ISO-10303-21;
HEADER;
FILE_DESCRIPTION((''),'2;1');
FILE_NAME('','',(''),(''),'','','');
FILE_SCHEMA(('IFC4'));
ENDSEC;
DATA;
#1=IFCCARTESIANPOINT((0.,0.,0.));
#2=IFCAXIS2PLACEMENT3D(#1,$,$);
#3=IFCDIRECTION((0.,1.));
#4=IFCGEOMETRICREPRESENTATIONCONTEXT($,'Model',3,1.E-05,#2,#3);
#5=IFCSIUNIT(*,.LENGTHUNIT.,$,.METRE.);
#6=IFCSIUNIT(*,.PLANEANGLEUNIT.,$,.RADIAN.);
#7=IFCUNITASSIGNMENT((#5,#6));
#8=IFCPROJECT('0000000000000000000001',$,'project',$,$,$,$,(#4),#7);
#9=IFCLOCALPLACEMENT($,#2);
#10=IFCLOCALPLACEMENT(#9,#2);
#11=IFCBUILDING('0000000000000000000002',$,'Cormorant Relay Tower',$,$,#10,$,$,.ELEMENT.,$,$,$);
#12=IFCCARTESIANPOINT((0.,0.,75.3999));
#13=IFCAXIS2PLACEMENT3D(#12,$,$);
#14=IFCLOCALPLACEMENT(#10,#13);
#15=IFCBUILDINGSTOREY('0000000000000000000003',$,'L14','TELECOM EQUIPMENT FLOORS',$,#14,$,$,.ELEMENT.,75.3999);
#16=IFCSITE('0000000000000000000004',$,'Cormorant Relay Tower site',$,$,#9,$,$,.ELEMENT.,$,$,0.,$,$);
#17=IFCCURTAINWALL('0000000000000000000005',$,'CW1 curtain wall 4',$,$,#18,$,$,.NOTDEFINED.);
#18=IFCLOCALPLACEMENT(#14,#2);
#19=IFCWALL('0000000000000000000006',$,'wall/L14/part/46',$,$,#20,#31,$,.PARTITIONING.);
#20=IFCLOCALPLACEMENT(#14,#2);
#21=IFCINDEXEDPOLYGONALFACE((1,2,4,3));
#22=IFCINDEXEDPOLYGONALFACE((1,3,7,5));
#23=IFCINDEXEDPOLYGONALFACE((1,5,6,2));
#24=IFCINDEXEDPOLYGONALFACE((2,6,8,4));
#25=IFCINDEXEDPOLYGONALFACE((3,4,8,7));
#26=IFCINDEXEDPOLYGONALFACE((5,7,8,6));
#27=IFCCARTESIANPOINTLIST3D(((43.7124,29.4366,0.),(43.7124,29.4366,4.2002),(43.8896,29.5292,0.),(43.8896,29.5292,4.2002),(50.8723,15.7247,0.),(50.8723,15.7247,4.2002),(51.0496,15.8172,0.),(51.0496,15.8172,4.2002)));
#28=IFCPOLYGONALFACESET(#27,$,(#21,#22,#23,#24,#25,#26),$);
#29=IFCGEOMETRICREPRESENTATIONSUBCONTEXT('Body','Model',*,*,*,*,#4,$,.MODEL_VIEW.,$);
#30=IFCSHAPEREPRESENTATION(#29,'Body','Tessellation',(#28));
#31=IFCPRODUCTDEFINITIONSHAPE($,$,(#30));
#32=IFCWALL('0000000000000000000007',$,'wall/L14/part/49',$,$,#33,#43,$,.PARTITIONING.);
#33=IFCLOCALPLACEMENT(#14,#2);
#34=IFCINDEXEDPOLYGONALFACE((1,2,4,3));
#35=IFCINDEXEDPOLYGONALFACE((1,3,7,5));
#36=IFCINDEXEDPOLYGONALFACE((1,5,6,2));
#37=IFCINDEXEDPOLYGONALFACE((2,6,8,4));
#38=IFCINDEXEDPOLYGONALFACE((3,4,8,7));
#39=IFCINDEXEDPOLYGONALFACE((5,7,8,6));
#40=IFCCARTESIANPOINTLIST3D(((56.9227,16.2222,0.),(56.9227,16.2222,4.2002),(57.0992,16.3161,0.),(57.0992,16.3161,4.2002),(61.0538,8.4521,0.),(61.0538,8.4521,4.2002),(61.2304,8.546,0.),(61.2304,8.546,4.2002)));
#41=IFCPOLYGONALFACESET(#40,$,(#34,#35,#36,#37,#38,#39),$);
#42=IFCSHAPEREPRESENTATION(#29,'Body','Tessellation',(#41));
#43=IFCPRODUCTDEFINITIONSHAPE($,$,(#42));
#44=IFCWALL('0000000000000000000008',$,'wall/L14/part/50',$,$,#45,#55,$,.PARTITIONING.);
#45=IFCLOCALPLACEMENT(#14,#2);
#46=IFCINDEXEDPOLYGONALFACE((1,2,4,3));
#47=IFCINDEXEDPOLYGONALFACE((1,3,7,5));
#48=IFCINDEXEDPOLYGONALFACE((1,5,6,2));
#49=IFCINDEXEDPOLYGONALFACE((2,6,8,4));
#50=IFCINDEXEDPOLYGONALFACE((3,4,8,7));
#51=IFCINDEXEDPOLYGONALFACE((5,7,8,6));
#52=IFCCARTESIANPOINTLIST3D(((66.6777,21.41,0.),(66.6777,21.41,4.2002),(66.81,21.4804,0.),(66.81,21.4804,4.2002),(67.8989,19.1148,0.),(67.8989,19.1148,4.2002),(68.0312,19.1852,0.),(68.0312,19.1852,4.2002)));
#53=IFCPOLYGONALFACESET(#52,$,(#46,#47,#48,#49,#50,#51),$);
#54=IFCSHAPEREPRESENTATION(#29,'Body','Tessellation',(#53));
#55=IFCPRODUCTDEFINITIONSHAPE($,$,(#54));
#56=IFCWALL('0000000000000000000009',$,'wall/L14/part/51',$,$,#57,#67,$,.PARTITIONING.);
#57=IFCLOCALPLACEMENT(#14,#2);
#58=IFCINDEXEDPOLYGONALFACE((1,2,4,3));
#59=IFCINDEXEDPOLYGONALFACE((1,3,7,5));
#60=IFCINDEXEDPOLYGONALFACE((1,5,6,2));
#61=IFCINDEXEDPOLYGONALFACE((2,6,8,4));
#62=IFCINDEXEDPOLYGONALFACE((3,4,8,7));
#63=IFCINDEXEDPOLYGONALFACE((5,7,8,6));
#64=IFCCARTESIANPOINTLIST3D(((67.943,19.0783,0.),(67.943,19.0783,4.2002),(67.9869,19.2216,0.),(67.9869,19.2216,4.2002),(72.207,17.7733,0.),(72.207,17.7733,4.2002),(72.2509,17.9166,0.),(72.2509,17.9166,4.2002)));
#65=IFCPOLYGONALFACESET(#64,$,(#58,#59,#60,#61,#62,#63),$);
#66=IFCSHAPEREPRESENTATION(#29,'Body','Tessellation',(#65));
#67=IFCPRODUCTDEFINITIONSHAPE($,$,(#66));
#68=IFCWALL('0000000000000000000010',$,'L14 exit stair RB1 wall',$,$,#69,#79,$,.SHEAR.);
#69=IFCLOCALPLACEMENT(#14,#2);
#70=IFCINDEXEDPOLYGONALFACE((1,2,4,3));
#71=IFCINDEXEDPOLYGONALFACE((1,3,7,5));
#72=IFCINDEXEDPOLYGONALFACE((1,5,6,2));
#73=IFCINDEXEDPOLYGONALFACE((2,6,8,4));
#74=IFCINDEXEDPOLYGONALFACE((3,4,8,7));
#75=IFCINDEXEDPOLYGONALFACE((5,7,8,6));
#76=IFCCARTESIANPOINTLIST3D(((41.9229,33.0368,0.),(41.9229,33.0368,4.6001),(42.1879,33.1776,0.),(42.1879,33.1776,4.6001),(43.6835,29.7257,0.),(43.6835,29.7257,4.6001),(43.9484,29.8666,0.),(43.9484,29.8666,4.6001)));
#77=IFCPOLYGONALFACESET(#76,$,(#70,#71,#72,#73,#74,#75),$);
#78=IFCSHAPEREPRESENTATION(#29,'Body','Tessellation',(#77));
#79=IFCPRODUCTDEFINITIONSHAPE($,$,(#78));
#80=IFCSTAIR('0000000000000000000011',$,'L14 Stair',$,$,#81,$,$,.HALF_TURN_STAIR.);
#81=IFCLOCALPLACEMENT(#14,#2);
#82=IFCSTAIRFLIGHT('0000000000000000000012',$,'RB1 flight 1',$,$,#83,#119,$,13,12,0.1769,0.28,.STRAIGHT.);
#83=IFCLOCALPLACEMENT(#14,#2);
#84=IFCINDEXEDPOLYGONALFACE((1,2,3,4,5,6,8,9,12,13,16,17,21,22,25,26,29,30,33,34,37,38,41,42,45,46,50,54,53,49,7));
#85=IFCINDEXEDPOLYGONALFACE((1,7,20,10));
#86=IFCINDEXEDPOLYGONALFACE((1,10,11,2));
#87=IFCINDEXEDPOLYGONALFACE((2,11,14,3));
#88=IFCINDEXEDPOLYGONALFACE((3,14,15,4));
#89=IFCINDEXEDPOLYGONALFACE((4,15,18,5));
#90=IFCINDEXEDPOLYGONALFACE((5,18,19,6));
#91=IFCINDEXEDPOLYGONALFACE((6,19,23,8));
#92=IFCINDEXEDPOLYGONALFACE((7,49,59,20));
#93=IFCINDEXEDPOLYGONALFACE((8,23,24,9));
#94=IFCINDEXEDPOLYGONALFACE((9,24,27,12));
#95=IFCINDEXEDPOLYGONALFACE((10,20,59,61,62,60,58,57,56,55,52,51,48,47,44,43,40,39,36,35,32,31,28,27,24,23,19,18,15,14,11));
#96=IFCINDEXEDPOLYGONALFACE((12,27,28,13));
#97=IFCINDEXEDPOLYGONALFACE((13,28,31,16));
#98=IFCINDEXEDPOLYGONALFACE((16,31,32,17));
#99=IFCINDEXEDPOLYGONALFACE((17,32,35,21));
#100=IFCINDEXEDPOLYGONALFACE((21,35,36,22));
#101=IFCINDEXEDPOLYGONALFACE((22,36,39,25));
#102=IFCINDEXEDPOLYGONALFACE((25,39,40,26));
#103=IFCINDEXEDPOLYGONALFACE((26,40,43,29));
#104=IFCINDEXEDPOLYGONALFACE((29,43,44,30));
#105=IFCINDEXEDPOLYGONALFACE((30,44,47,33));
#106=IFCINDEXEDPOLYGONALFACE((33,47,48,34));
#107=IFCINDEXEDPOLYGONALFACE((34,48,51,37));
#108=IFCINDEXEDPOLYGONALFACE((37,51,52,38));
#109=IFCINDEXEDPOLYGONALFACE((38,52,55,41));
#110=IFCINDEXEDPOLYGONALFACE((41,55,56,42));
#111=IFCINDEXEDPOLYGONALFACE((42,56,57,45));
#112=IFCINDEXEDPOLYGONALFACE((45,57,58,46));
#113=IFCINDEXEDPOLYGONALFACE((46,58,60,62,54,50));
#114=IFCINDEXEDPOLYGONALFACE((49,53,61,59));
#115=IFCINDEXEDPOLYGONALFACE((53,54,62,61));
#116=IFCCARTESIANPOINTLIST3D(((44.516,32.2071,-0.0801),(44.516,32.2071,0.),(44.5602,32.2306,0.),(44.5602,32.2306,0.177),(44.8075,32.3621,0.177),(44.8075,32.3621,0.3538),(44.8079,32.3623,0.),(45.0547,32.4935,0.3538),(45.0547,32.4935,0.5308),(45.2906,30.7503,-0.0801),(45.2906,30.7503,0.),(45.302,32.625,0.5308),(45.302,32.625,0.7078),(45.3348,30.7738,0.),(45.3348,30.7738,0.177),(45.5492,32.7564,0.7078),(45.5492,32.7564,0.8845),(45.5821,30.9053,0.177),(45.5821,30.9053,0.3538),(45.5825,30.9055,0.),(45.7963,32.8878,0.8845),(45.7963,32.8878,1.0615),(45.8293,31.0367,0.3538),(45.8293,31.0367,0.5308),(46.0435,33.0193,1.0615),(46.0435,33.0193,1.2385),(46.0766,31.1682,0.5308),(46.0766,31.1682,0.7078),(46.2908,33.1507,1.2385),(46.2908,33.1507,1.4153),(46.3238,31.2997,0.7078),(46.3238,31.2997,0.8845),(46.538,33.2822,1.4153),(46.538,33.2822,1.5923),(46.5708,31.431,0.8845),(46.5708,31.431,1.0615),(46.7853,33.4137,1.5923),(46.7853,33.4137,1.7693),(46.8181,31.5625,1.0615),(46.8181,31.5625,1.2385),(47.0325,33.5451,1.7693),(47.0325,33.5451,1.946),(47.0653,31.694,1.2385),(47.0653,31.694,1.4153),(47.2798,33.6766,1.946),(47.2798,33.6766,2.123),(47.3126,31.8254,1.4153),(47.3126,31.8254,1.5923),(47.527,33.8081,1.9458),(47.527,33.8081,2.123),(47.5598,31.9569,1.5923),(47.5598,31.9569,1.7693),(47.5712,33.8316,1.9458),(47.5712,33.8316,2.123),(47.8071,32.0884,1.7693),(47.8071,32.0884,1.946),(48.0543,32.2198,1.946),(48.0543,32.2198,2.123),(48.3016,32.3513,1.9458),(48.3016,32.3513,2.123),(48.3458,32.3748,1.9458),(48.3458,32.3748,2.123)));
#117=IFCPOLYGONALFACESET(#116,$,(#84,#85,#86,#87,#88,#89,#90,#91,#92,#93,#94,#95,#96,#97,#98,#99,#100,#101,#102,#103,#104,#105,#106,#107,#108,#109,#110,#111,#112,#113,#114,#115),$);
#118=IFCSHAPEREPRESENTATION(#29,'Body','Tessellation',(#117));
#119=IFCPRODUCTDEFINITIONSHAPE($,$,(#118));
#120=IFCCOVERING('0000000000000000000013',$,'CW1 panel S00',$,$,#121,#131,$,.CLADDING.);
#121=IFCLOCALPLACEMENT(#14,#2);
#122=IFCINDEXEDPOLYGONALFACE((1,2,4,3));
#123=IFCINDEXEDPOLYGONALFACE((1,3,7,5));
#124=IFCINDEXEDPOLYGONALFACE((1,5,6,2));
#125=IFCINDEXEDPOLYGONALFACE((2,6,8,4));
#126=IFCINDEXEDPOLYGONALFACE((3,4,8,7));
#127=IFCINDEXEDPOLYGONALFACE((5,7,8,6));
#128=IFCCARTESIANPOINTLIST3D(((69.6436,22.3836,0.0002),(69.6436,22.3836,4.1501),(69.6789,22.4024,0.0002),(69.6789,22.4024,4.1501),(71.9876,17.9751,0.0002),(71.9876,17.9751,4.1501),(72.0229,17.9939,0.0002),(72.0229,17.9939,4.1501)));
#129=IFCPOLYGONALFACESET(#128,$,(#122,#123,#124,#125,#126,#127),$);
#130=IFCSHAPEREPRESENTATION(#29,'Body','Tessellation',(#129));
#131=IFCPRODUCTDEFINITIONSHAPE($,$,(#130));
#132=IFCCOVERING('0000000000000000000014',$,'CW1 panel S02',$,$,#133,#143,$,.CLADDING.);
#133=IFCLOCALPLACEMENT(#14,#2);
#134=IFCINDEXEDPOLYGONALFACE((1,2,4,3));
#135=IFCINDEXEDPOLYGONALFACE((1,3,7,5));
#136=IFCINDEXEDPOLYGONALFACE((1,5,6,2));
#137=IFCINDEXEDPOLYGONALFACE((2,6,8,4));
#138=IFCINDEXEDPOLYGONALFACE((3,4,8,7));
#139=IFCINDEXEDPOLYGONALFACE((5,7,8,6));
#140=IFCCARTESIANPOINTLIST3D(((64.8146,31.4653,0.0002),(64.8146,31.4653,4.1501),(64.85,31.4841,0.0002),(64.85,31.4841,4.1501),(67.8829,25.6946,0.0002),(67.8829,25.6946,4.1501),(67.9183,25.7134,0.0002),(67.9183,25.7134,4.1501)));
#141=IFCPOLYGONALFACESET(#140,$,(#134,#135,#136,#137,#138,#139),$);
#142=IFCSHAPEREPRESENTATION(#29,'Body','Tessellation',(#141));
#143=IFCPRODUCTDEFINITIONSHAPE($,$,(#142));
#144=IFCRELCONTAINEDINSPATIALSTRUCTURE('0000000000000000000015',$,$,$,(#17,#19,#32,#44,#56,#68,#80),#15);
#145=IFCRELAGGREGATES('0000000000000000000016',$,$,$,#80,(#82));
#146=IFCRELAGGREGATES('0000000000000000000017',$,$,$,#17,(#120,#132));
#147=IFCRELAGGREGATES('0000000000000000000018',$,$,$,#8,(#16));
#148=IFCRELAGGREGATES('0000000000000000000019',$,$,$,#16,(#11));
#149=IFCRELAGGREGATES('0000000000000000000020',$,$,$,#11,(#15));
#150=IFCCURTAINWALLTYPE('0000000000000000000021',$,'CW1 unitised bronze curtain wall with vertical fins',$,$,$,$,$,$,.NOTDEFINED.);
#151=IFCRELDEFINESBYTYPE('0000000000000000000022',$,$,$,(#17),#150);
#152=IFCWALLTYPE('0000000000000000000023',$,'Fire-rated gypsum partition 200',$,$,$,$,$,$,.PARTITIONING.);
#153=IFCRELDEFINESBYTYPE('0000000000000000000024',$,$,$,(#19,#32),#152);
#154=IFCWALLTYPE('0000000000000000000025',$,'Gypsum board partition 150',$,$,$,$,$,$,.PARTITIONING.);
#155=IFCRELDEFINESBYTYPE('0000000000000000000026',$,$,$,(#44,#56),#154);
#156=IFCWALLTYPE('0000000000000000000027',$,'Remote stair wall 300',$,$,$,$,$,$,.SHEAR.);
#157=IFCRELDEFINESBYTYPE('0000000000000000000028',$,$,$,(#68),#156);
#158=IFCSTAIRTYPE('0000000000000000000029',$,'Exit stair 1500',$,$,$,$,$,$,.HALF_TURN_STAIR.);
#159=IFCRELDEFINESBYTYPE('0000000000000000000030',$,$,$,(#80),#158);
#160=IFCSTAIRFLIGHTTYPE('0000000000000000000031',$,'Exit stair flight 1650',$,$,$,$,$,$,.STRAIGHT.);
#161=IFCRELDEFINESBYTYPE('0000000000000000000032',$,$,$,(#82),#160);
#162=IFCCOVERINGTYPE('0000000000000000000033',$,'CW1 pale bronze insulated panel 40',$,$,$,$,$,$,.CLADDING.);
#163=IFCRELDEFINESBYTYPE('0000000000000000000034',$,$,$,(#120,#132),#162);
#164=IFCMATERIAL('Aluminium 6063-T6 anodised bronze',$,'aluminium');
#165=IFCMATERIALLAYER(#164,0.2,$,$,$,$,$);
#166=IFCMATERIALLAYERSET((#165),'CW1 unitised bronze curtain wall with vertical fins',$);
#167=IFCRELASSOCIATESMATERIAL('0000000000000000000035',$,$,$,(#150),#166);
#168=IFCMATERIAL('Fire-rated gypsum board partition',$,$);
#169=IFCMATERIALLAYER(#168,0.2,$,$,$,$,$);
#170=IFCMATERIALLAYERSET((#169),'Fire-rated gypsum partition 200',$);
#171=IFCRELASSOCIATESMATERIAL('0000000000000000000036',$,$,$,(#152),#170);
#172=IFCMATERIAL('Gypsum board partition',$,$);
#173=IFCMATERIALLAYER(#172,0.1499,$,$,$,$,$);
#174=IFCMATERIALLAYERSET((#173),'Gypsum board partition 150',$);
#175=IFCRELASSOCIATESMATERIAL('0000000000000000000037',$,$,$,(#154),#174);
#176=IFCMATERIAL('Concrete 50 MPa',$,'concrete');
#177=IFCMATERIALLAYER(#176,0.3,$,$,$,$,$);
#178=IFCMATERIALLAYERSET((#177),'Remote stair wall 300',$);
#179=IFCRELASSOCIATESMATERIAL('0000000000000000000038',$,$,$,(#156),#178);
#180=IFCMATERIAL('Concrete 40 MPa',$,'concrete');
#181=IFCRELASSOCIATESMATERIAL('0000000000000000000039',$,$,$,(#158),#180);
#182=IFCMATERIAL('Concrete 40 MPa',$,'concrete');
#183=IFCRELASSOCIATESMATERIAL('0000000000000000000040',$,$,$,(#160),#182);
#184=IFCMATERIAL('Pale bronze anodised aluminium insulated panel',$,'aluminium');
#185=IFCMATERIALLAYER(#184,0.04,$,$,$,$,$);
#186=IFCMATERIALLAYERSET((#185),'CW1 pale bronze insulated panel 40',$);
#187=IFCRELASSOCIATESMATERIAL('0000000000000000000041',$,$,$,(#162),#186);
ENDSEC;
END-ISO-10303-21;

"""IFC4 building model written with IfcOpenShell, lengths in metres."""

from ifc_helpers import new_model, si_unit, direction, frame, frame_2d, origin, origin_2d, place, context, subcontext, project, spatial, polyline, rectangle, outline, extrude, material, layer, layer_set, type_object, element, aggregate, save


model = new_model("IFC4")

# Units and contexts
model_context = context("Model", 3, precision=1e-05, world=origin(), true_north=direction((0.0, 1.0)))
body_context = subcontext(model_context, "Body", "Model", "MODEL_VIEW")
ifc_project = project(units=[si_unit("LENGTHUNIT", "METRE"), si_unit("PLANEANGLEUNIT", "RADIAN")], contexts=[model_context])

# Site, building, storey
site_placement = place(None, origin())
site = spatial("IfcSite", under=ifc_project, at=site_placement, Name="Cormorant Relay Tower site", CompositionType="ELEMENT", RefElevation=0.0)
building_placement = place(site_placement, origin())
building = spatial("IfcBuilding", under=site, at=building_placement, Name="Cormorant Relay Tower", CompositionType="ELEMENT")
storey_placement = place(building_placement, frame((0.0, 0.0, 75.3999)))
storey = spatial("IfcBuildingStorey", under=building, at=storey_placement, Name="L14", Description="TELECOM EQUIPMENT FLOORS", CompositionType="ELEMENT", Elevation=75.3999)

# Curtain wall
ifc_material_1 = material(Name="Aluminium 6063-T6 anodised bronze", Category="aluminium")
ifc_layer_1 = layer(ifc_material_1, 0.2)
ifc_layer_set_1 = layer_set([ifc_layer_1], Name="CW1 unitised bronze curtain wall with vertical fins")
curtain_wall_type = type_object("IfcCurtainWallType", Name="CW1 unitised bronze curtain wall with vertical fins", PredefinedType="NOTDEFINED", material=ifc_layer_set_1)
curtain_wall_1_placement = place(storey_placement, origin())
curtain_wall_1 = element("IfcCurtainWall", 1, at=curtain_wall_1_placement, inside=storey, type_object=curtain_wall_type, Name="CW1 curtain wall 4", PredefinedType="NOTDEFINED")

# Shared definitions
ifc_material_2 = material(Name="Fire-rated gypsum board partition")
ifc_layer_2 = layer(ifc_material_2, 0.2)
ifc_layer_set_2 = layer_set([ifc_layer_2], Name="Fire-rated gypsum partition 200")
wall_type_1 = type_object("IfcWallType", Name="Fire-rated gypsum partition 200", PredefinedType="PARTITIONING", material=ifc_layer_set_2)

# Walls
wall_1_placement = place(storey_placement, frame((43.801, 29.4829, 0.0), z_axis=(0.0, 0.0, 1.0), x_axis=(0.462864, -0.886429, 0.0)))
element("IfcWall", 2, at=wall_1_placement, inside=storey, type_object=wall_type_1, Name="wall/L14/part/46", PredefinedType="PARTITIONING", context=body_context, shape_type="SweptSolid", body=[
    extrude(rectangle(XDim=15.4688, YDim=0.2, at=frame_2d((7.7344, 0.0))), origin(), (0.0, 0.0, 1.0), 4.2002),
])
wall_2_placement = place(storey_placement, frame((57.011, 16.269, 0.0), z_axis=(0.0, 0.0, 1.0), x_axis=(0.469446, -0.882961, 0.0)))
element("IfcWall", 3, at=wall_2_placement, inside=storey, type_object=wall_type_1, Name="wall/L14/part/49", PredefinedType="PARTITIONING", context=body_context, shape_type="SweptSolid", body=[
    extrude(rectangle(XDim=8.8, YDim=0.2, at=frame_2d((4.3999, 0.0))), origin(), (0.0, 0.0, 1.0), 4.2002),
])
ifc_material_3 = material(Name="Gypsum board partition")
ifc_layer_3 = layer(ifc_material_3, 0.1499)
ifc_layer_set_3 = layer_set([ifc_layer_3], Name="Gypsum board partition 150")
wall_type_2 = type_object("IfcWallType", Name="Gypsum board partition 150", PredefinedType="PARTITIONING", material=ifc_layer_set_3)
wall_3_placement = place(storey_placement, frame((66.7439, 21.4451, 0.0), z_axis=(0.0, 0.0, 1.0), x_axis=(0.46972, -0.882815, 0.0)))
element("IfcWall", 4, at=wall_3_placement, inside=storey, type_object=wall_type_2, Name="wall/L14/part/50", PredefinedType="PARTITIONING", context=body_context, shape_type="SweptSolid", body=[
    extrude(rectangle(XDim=2.5999, YDim=0.1499, at=frame_2d((1.2998, 0.0))), origin(), (0.0, 0.0, 1.0), 4.2002),
])
wall_4_placement = place(storey_placement, frame((67.9651, 19.1499, 0.0), z_axis=(0.0, 0.0, 1.0), x_axis=(0.956222, -0.292643, 0.0)))
element("IfcWall", 5, at=wall_4_placement, inside=storey, type_object=wall_type_2, Name="wall/L14/part/51", PredefinedType="PARTITIONING", context=body_context, shape_type="SweptSolid", body=[
    extrude(rectangle(XDim=4.4592, YDim=0.1499, at=frame_2d((2.2295, 0.0))), origin(), (0.0, 0.0, 1.0), 4.2002),
])
ifc_material_4 = material(Name="Concrete 50 MPa", Category="concrete")
ifc_layer_4 = layer(ifc_material_4, 0.3)
ifc_layer_set_4 = layer_set([ifc_layer_4], Name="Remote stair wall 300")
wall_type_3 = type_object("IfcWallType", Name="Remote stair wall 300", PredefinedType="SHEAR", material=ifc_layer_set_4)
wall_5_placement = place(storey_placement, frame((43.8159, 29.7961, 0.0), z_axis=(0.0, 0.0, 1.0), x_axis=(-0.469469, 0.882949, 0.0)))
element("IfcWall", 6, at=wall_5_placement, inside=storey, type_object=wall_type_3, Name="L14 exit stair RB1 wall", PredefinedType="SHEAR", context=body_context, shape_type="SweptSolid", body=[
    extrude(rectangle(XDim=3.75, YDim=0.3, at=frame_2d((1.875, 0.0))), origin(), (0.0, 0.0, 1.0), 4.6001),
])

# Stair, stair flight
ifc_material_5 = material(Name="Concrete 40 MPa", Category="concrete")
stair_type = type_object("IfcStairType", Name="Exit stair 1500", PredefinedType="HALF_TURN_STAIR", material=ifc_material_5)
stair_placement = place(storey_placement, origin())
stair = element("IfcStair", 7, at=stair_placement, inside=storey, type_object=stair_type, Name="L14 Stair", PredefinedType="HALF_TURN_STAIR")
ifc_material_6 = material(Name="Concrete 40 MPa", Category="concrete")
stair_flight_type = type_object("IfcStairFlightType", Name="Exit stair flight 1650", PredefinedType="STRAIGHT", material=ifc_material_6)
stair_flight_placement = place(storey_placement, frame((44.9475, 31.5022, 0.0), z_axis=(0.0, 0.0, 1.0), x_axis=(0.882948, 0.469472, 0.0)))
stair_flight = element("IfcStairFlight", 8, at=stair_flight_placement, type_object=stair_flight_type, Name="RB1 flight 1", NumberOfRisers=13, NumberOfTreads=12, PredefinedType="STRAIGHT", RiserHeight=0.1769, TreadLength=0.28, context=body_context, shape_type="SweptSolid", body=[
    extrude(outline(polyline([(-0.05, -0.0801), (-0.05, 0.0), (0.0, 0.0), (0.0, 0.177), (0.28, 0.177), (0.28, 0.3538), (0.5601, 0.3538), (0.5601, 0.5308), (0.8401, 0.5308), (0.8401, 0.7078), (1.1201, 0.7078), (1.1201, 0.8845), (1.3999, 0.8845), (1.3999, 1.0615), (1.6799, 1.0615), (1.6799, 1.2385), (1.96, 1.2385), (1.96, 1.4153), (2.24, 1.4153), (2.24, 1.5923), (2.52, 1.5923), (2.52, 1.7693), (2.8, 1.7693), (2.8, 1.946), (3.0801, 1.946), (3.0801, 2.123), (3.3601, 2.123), (3.4102, 2.123), (3.4102, 1.9458), (3.3601, 1.9458), (0.2805, 0.0), (-0.05, -0.0801)])), frame((0.0, 0.825, 0.0), z_axis=(0.0, -1.0, 0.0), x_axis=(1.0, 0.0, 0.0)), (0.0, 0.0, 1.0), 1.6499),
])
aggregate(stair, [stair_flight])

# Coverings
ifc_material_7 = material(Name="Pale bronze anodised aluminium insulated panel", Category="aluminium")
ifc_layer_5 = layer(ifc_material_7, 0.04)
ifc_layer_set_5 = layer_set([ifc_layer_5], Name="CW1 pale bronze insulated panel 40")
covering_type = type_object("IfcCoveringType", Name="CW1 pale bronze insulated panel 40", PredefinedType="CLADDING", material=ifc_layer_set_5)
covering_1_placement = place(storey_placement, frame((70.8333, 20.1887, 0.0002), z_axis=(0.0, 0.0, 1.0), x_axis=(-0.469472, 0.882948, 0.0)))
covering_1 = element("IfcCovering", 9, at=covering_1_placement, type_object=covering_type, Name="CW1 panel S00", PredefinedType="CLADDING", context=body_context, shape_type="SweptSolid", body=[
    extrude(rectangle(XDim=4.9929, YDim=0.04, at=origin_2d()), origin(), (0.0, 0.0, 1.0), 4.1499),
])
covering_2_placement = place(storey_placement, frame((66.3665, 28.5894, 0.0002), z_axis=(0.0, 0.0, 1.0), x_axis=(-0.469472, 0.882948, 0.0)))
covering_2 = element("IfcCovering", 10, at=covering_2_placement, type_object=covering_type, Name="CW1 panel S02", PredefinedType="CLADDING", context=body_context, shape_type="SweptSolid", body=[
    extrude(rectangle(XDim=6.5356, YDim=0.04, at=origin_2d()), origin(), (0.0, 0.0, 1.0), 4.1499),
])
aggregate(curtain_wall_1, [covering_1, covering_2])

save(model, "model.ifc")
